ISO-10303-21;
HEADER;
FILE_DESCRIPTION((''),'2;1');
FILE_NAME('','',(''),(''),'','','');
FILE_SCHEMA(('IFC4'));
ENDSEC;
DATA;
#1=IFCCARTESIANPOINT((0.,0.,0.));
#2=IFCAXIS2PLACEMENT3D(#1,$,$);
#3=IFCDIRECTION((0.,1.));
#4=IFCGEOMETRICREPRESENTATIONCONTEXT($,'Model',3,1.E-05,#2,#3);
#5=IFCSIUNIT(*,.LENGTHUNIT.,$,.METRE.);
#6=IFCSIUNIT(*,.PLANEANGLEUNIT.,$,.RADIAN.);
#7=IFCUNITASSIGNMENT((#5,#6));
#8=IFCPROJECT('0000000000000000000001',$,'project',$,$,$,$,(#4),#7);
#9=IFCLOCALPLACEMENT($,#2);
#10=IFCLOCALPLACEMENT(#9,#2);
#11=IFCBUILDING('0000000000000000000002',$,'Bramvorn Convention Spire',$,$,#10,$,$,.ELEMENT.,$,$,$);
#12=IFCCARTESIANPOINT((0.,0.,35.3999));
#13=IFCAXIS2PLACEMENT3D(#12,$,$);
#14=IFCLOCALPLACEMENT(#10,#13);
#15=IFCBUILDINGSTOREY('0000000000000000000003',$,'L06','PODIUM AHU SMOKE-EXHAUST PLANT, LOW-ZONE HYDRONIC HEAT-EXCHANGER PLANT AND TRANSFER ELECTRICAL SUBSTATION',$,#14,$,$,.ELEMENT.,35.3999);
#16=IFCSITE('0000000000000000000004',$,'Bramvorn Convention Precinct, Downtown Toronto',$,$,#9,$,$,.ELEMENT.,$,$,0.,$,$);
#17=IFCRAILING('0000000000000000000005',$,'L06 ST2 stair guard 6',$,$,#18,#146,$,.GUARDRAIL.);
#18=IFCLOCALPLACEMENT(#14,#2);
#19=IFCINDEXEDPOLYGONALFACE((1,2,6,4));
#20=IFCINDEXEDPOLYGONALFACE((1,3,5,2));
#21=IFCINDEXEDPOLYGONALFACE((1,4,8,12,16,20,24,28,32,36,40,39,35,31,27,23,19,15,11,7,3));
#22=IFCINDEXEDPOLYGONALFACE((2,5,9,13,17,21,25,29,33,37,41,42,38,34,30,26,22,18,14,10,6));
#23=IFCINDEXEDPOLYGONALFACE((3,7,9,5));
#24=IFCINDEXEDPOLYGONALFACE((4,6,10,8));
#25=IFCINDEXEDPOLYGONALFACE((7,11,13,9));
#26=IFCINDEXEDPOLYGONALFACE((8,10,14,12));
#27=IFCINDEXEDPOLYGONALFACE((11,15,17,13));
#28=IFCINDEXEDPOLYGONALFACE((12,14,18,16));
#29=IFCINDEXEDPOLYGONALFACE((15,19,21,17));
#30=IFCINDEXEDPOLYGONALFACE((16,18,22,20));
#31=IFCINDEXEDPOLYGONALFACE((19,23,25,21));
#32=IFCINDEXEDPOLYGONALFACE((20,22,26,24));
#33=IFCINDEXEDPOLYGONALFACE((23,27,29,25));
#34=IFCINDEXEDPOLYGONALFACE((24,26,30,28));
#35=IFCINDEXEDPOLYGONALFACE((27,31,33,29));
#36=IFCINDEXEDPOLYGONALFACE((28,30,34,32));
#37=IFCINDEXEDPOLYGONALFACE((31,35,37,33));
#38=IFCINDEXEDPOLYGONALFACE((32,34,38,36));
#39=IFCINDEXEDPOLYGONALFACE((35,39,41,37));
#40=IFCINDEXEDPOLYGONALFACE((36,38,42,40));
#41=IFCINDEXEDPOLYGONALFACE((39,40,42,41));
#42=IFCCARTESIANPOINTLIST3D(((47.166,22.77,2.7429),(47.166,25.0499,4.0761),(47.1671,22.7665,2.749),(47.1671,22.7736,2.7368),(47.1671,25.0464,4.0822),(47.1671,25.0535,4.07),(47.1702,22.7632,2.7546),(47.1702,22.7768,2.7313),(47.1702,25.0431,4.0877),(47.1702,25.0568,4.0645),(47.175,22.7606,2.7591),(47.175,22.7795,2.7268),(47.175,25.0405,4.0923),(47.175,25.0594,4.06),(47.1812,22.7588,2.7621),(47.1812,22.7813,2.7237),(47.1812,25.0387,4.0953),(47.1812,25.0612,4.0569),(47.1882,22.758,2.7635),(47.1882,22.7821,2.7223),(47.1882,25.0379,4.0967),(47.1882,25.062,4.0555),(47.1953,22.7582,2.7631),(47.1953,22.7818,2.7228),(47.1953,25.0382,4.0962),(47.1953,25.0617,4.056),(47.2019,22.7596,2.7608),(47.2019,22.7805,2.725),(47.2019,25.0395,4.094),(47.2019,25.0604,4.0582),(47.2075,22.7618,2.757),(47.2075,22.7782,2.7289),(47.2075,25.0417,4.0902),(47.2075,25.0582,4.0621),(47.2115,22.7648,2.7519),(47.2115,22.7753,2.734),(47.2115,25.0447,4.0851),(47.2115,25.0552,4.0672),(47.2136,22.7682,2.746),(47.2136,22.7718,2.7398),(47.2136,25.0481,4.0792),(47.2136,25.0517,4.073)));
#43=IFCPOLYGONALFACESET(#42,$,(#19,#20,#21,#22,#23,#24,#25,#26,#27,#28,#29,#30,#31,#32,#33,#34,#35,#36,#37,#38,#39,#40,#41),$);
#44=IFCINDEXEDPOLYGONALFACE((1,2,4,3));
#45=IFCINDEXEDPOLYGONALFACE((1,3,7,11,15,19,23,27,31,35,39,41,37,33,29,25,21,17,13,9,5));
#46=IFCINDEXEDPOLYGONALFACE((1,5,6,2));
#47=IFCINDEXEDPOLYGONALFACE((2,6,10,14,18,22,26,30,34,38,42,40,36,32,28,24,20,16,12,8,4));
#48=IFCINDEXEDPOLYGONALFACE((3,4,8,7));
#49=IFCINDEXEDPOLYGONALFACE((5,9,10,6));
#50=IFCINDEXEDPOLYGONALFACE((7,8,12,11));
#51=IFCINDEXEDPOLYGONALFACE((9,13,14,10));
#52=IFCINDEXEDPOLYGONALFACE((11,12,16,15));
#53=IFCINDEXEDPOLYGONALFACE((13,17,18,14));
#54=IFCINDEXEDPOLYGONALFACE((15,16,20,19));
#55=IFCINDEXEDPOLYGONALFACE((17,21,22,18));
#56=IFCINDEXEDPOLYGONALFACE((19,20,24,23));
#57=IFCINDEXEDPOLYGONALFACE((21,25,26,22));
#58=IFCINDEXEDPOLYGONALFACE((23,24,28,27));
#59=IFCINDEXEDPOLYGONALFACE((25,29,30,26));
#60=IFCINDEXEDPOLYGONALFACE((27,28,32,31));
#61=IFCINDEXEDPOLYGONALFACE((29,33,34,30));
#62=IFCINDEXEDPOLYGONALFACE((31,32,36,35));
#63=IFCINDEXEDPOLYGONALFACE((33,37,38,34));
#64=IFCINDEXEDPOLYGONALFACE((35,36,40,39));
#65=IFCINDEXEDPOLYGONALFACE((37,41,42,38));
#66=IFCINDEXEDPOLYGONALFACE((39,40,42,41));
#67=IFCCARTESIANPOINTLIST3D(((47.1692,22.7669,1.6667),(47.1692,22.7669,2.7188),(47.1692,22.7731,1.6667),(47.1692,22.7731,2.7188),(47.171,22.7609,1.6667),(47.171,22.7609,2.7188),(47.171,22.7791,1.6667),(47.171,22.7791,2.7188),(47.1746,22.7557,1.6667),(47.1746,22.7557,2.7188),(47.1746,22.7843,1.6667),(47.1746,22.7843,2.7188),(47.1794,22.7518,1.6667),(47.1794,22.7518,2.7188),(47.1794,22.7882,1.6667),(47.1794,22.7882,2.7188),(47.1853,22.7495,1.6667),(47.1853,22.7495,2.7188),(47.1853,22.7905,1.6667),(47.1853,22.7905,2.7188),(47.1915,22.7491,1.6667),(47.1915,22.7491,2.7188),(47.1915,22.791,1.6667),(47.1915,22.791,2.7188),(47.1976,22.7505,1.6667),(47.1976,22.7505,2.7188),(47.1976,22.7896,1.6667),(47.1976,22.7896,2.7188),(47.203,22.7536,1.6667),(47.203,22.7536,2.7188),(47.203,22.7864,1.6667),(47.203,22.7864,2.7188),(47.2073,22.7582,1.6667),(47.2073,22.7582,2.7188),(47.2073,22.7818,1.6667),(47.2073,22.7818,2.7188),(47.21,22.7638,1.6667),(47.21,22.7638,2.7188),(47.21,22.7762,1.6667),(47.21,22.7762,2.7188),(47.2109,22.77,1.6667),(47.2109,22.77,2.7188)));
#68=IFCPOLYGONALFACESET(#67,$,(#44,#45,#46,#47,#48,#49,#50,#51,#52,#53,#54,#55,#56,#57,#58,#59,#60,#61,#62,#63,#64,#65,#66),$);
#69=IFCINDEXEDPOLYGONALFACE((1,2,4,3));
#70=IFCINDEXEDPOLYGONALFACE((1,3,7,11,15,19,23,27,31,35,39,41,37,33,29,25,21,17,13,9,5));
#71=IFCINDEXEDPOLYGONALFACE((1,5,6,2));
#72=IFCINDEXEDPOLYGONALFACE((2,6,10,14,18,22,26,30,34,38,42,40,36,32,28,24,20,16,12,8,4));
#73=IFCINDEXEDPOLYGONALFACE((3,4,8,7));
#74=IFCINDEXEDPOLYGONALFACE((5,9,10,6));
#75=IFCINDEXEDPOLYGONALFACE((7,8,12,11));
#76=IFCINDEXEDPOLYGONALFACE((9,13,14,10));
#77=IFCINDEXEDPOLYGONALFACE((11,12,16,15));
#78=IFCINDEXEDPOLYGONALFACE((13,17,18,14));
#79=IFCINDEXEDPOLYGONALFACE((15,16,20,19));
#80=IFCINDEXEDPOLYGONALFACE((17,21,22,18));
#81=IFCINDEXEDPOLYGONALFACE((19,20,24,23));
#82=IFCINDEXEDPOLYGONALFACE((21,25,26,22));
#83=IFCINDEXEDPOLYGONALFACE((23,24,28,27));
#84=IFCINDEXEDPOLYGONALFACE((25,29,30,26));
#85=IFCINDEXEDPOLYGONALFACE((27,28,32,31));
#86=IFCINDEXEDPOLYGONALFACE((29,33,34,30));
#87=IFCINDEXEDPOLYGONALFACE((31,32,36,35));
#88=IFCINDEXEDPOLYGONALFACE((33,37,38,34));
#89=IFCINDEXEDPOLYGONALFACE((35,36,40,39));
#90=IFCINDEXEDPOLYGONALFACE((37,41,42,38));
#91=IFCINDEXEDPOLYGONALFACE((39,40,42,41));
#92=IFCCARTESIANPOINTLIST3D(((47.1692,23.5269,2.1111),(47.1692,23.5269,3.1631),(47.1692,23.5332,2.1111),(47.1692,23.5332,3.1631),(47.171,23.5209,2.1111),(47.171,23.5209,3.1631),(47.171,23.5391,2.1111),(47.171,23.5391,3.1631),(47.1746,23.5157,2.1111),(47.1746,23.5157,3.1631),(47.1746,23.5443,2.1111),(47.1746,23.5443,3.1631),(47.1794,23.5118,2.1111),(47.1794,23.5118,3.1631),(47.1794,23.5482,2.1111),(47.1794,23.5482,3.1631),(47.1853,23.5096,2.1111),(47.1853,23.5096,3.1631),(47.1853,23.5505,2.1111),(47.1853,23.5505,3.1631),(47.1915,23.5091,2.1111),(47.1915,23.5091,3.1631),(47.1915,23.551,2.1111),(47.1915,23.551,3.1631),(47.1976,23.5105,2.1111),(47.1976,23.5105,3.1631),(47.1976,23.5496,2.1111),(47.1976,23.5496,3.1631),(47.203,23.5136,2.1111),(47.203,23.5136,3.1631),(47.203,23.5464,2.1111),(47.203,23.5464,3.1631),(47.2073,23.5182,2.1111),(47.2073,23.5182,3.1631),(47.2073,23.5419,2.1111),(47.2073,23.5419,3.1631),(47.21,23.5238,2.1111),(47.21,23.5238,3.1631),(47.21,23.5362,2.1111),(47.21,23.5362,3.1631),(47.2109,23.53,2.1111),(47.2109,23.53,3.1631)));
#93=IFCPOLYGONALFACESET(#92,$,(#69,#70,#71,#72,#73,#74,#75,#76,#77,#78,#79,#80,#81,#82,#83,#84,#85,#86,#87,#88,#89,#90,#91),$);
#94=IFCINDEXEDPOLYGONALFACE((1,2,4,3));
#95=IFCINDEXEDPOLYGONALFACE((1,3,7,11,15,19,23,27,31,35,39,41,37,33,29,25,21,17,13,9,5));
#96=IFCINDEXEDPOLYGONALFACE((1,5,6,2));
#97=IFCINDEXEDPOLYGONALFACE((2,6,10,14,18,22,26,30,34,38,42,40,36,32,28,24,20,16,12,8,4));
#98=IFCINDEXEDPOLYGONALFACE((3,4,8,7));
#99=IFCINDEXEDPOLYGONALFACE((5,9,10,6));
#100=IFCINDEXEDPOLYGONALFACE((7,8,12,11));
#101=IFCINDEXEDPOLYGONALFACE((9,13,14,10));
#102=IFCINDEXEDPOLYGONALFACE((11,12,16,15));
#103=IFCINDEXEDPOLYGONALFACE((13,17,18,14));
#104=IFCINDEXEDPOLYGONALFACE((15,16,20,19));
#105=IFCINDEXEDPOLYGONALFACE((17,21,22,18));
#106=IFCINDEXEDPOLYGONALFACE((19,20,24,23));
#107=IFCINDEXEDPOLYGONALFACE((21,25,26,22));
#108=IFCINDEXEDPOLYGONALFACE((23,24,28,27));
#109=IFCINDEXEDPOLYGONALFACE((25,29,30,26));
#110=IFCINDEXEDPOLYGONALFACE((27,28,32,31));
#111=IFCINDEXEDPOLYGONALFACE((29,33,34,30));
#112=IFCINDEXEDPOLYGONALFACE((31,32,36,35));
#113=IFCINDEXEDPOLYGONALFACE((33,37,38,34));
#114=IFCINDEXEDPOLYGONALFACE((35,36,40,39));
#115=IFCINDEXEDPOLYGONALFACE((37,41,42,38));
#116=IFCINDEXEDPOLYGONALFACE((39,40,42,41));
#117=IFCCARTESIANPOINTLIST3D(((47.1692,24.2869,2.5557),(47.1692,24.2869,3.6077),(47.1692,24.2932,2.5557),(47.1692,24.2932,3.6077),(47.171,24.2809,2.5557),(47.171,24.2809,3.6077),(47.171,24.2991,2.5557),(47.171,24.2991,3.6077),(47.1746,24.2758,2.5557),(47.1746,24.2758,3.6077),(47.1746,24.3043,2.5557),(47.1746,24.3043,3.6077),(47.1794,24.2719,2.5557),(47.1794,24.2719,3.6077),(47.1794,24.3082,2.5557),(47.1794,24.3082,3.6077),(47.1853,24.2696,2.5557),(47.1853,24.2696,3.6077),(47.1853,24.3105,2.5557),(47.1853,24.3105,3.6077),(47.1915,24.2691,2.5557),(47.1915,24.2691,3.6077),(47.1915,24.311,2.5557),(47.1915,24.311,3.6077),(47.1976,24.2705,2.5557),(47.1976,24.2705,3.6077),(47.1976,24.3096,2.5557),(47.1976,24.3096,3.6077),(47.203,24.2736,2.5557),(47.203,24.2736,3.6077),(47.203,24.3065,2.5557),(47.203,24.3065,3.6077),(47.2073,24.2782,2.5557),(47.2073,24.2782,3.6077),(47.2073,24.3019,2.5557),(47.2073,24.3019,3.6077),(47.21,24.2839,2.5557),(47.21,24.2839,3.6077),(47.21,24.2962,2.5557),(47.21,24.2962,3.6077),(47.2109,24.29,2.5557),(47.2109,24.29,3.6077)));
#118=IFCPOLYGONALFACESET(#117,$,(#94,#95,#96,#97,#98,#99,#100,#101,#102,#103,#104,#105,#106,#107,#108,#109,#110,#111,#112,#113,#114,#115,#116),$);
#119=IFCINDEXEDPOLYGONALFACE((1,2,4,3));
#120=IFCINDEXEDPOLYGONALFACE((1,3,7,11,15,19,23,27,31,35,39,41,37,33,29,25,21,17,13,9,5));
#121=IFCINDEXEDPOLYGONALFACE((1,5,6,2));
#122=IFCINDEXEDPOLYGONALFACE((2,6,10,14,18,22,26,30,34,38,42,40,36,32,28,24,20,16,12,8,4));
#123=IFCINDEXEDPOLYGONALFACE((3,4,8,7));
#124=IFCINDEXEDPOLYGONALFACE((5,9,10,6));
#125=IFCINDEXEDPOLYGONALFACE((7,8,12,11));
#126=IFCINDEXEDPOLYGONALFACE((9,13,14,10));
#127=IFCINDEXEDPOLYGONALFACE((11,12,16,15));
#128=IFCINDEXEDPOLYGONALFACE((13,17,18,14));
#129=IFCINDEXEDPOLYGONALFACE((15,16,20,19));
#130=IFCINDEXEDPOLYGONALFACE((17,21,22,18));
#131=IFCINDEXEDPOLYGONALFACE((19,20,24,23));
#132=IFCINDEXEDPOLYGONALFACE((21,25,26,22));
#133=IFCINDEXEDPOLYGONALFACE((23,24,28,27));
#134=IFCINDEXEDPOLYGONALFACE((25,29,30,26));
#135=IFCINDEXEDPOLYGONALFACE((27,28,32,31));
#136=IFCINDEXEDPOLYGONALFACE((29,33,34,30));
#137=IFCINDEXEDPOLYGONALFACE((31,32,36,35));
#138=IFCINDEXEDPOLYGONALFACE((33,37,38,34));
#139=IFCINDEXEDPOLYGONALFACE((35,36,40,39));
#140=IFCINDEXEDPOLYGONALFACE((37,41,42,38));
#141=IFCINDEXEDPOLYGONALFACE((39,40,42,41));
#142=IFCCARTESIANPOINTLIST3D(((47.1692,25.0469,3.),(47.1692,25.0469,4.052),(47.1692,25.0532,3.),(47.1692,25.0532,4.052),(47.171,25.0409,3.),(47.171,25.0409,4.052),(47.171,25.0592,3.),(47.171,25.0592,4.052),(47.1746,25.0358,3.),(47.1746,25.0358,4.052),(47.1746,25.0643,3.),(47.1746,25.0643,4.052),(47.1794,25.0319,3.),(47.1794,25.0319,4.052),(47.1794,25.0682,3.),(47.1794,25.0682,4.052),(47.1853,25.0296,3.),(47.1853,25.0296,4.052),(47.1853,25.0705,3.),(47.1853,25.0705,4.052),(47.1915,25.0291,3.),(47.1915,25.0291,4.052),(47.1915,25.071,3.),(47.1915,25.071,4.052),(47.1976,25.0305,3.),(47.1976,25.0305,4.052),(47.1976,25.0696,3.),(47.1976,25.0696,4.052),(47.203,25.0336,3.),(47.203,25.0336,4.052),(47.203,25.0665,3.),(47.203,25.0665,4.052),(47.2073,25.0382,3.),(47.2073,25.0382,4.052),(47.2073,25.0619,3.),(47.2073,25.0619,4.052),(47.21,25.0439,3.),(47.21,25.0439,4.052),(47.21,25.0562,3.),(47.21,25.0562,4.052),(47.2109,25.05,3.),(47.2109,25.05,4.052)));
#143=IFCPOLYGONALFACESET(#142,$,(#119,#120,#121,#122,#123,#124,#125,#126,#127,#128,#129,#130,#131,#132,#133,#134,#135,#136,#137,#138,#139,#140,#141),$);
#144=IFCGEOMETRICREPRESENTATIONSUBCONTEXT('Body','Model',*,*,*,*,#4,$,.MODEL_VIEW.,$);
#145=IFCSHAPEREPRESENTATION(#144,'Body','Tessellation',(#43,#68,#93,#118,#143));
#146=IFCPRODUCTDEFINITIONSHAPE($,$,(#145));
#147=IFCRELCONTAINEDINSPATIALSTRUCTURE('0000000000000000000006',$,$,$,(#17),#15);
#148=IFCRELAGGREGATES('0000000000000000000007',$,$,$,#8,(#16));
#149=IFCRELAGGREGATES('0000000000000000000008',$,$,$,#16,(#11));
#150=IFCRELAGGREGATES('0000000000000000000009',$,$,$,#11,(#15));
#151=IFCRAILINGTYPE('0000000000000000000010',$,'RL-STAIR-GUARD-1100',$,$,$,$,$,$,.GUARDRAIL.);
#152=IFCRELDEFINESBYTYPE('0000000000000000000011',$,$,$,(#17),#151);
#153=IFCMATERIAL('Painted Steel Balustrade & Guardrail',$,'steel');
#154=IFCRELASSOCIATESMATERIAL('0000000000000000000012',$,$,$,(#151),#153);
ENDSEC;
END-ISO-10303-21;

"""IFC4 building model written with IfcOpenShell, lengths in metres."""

from ifc_helpers import new_model, si_unit, direction, frame, origin, origin_2d, place, context, subcontext, project, spatial, circle, extrude, material, type_object, element, save


model = new_model("IFC4")

# Units and contexts
model_context = context("Model", 3, precision=1e-05, world=origin(), true_north=direction((0.0, 1.0)))
body_context = subcontext(model_context, "Body", "Model", "MODEL_VIEW")
ifc_project = project(units=[si_unit("LENGTHUNIT", "METRE"), si_unit("PLANEANGLEUNIT", "RADIAN")], contexts=[model_context])

# Site, building, storey
site_placement = place(None, origin())
site = spatial("IfcSite", under=ifc_project, at=site_placement, Name="Bramvorn Convention Precinct, Downtown Toronto", CompositionType="ELEMENT", RefElevation=0.0)
building_placement = place(site_placement, origin())
building = spatial("IfcBuilding", under=site, at=building_placement, Name="Bramvorn Convention Spire", CompositionType="ELEMENT")
storey_placement = place(building_placement, frame((0.0, 0.0, 35.3999)))
storey = spatial("IfcBuildingStorey", under=building, at=storey_placement, Name="L06", Description="PODIUM AHU SMOKE-EXHAUST PLANT, LOW-ZONE HYDRONIC HEAT-EXCHANGER PLANT AND TRANSFER ELECTRICAL SUBSTATION", CompositionType="ELEMENT", Elevation=35.3999)

# Railing
ifc_material_1 = material(Name="Painted Steel Balustrade & Guardrail", Category="steel")
railing_type_1 = type_object("IfcRailingType", Name="RL-STAIR-GUARD-1100", PredefinedType="GUARDRAIL", material=ifc_material_1)
railing_1_placement = place(storey_placement, frame((47.1899, 22.77, 1.6667)))
element("IfcRailing", 1, at=railing_1_placement, inside=storey, type_object=railing_type_1, Name="L06 ST2 stair guard 6", PredefinedType="GUARDRAIL", context=body_context, shape_type="SweptSolid", body=[
    extrude(circle(Radius=0.0239, at=origin_2d()), frame((0.0, 0.0, 1.0762), z_axis=(0.0, 0.863245, 0.504785), x_axis=(-1.0, 0.0, 0.0)), (0.0, 0.0, 1.0), 2.6411),
    extrude(circle(Radius=0.021, at=origin_2d()), origin(), (0.0, 0.0, 1.0), 1.052),
    extrude(circle(Radius=0.021, at=origin_2d()), frame((0.0, 0.76, 0.4443)), (0.0, 0.0, 1.0), 1.052),
    extrude(circle(Radius=0.021, at=origin_2d()), frame((0.0, 1.52, 0.8889)), (0.0, 0.0, 1.0), 1.052),
    extrude(circle(Radius=0.021, at=origin_2d()), frame((0.0, 2.28, 1.3333)), (0.0, 0.0, 1.0), 1.052),
])

save(model, "model.ifc")
